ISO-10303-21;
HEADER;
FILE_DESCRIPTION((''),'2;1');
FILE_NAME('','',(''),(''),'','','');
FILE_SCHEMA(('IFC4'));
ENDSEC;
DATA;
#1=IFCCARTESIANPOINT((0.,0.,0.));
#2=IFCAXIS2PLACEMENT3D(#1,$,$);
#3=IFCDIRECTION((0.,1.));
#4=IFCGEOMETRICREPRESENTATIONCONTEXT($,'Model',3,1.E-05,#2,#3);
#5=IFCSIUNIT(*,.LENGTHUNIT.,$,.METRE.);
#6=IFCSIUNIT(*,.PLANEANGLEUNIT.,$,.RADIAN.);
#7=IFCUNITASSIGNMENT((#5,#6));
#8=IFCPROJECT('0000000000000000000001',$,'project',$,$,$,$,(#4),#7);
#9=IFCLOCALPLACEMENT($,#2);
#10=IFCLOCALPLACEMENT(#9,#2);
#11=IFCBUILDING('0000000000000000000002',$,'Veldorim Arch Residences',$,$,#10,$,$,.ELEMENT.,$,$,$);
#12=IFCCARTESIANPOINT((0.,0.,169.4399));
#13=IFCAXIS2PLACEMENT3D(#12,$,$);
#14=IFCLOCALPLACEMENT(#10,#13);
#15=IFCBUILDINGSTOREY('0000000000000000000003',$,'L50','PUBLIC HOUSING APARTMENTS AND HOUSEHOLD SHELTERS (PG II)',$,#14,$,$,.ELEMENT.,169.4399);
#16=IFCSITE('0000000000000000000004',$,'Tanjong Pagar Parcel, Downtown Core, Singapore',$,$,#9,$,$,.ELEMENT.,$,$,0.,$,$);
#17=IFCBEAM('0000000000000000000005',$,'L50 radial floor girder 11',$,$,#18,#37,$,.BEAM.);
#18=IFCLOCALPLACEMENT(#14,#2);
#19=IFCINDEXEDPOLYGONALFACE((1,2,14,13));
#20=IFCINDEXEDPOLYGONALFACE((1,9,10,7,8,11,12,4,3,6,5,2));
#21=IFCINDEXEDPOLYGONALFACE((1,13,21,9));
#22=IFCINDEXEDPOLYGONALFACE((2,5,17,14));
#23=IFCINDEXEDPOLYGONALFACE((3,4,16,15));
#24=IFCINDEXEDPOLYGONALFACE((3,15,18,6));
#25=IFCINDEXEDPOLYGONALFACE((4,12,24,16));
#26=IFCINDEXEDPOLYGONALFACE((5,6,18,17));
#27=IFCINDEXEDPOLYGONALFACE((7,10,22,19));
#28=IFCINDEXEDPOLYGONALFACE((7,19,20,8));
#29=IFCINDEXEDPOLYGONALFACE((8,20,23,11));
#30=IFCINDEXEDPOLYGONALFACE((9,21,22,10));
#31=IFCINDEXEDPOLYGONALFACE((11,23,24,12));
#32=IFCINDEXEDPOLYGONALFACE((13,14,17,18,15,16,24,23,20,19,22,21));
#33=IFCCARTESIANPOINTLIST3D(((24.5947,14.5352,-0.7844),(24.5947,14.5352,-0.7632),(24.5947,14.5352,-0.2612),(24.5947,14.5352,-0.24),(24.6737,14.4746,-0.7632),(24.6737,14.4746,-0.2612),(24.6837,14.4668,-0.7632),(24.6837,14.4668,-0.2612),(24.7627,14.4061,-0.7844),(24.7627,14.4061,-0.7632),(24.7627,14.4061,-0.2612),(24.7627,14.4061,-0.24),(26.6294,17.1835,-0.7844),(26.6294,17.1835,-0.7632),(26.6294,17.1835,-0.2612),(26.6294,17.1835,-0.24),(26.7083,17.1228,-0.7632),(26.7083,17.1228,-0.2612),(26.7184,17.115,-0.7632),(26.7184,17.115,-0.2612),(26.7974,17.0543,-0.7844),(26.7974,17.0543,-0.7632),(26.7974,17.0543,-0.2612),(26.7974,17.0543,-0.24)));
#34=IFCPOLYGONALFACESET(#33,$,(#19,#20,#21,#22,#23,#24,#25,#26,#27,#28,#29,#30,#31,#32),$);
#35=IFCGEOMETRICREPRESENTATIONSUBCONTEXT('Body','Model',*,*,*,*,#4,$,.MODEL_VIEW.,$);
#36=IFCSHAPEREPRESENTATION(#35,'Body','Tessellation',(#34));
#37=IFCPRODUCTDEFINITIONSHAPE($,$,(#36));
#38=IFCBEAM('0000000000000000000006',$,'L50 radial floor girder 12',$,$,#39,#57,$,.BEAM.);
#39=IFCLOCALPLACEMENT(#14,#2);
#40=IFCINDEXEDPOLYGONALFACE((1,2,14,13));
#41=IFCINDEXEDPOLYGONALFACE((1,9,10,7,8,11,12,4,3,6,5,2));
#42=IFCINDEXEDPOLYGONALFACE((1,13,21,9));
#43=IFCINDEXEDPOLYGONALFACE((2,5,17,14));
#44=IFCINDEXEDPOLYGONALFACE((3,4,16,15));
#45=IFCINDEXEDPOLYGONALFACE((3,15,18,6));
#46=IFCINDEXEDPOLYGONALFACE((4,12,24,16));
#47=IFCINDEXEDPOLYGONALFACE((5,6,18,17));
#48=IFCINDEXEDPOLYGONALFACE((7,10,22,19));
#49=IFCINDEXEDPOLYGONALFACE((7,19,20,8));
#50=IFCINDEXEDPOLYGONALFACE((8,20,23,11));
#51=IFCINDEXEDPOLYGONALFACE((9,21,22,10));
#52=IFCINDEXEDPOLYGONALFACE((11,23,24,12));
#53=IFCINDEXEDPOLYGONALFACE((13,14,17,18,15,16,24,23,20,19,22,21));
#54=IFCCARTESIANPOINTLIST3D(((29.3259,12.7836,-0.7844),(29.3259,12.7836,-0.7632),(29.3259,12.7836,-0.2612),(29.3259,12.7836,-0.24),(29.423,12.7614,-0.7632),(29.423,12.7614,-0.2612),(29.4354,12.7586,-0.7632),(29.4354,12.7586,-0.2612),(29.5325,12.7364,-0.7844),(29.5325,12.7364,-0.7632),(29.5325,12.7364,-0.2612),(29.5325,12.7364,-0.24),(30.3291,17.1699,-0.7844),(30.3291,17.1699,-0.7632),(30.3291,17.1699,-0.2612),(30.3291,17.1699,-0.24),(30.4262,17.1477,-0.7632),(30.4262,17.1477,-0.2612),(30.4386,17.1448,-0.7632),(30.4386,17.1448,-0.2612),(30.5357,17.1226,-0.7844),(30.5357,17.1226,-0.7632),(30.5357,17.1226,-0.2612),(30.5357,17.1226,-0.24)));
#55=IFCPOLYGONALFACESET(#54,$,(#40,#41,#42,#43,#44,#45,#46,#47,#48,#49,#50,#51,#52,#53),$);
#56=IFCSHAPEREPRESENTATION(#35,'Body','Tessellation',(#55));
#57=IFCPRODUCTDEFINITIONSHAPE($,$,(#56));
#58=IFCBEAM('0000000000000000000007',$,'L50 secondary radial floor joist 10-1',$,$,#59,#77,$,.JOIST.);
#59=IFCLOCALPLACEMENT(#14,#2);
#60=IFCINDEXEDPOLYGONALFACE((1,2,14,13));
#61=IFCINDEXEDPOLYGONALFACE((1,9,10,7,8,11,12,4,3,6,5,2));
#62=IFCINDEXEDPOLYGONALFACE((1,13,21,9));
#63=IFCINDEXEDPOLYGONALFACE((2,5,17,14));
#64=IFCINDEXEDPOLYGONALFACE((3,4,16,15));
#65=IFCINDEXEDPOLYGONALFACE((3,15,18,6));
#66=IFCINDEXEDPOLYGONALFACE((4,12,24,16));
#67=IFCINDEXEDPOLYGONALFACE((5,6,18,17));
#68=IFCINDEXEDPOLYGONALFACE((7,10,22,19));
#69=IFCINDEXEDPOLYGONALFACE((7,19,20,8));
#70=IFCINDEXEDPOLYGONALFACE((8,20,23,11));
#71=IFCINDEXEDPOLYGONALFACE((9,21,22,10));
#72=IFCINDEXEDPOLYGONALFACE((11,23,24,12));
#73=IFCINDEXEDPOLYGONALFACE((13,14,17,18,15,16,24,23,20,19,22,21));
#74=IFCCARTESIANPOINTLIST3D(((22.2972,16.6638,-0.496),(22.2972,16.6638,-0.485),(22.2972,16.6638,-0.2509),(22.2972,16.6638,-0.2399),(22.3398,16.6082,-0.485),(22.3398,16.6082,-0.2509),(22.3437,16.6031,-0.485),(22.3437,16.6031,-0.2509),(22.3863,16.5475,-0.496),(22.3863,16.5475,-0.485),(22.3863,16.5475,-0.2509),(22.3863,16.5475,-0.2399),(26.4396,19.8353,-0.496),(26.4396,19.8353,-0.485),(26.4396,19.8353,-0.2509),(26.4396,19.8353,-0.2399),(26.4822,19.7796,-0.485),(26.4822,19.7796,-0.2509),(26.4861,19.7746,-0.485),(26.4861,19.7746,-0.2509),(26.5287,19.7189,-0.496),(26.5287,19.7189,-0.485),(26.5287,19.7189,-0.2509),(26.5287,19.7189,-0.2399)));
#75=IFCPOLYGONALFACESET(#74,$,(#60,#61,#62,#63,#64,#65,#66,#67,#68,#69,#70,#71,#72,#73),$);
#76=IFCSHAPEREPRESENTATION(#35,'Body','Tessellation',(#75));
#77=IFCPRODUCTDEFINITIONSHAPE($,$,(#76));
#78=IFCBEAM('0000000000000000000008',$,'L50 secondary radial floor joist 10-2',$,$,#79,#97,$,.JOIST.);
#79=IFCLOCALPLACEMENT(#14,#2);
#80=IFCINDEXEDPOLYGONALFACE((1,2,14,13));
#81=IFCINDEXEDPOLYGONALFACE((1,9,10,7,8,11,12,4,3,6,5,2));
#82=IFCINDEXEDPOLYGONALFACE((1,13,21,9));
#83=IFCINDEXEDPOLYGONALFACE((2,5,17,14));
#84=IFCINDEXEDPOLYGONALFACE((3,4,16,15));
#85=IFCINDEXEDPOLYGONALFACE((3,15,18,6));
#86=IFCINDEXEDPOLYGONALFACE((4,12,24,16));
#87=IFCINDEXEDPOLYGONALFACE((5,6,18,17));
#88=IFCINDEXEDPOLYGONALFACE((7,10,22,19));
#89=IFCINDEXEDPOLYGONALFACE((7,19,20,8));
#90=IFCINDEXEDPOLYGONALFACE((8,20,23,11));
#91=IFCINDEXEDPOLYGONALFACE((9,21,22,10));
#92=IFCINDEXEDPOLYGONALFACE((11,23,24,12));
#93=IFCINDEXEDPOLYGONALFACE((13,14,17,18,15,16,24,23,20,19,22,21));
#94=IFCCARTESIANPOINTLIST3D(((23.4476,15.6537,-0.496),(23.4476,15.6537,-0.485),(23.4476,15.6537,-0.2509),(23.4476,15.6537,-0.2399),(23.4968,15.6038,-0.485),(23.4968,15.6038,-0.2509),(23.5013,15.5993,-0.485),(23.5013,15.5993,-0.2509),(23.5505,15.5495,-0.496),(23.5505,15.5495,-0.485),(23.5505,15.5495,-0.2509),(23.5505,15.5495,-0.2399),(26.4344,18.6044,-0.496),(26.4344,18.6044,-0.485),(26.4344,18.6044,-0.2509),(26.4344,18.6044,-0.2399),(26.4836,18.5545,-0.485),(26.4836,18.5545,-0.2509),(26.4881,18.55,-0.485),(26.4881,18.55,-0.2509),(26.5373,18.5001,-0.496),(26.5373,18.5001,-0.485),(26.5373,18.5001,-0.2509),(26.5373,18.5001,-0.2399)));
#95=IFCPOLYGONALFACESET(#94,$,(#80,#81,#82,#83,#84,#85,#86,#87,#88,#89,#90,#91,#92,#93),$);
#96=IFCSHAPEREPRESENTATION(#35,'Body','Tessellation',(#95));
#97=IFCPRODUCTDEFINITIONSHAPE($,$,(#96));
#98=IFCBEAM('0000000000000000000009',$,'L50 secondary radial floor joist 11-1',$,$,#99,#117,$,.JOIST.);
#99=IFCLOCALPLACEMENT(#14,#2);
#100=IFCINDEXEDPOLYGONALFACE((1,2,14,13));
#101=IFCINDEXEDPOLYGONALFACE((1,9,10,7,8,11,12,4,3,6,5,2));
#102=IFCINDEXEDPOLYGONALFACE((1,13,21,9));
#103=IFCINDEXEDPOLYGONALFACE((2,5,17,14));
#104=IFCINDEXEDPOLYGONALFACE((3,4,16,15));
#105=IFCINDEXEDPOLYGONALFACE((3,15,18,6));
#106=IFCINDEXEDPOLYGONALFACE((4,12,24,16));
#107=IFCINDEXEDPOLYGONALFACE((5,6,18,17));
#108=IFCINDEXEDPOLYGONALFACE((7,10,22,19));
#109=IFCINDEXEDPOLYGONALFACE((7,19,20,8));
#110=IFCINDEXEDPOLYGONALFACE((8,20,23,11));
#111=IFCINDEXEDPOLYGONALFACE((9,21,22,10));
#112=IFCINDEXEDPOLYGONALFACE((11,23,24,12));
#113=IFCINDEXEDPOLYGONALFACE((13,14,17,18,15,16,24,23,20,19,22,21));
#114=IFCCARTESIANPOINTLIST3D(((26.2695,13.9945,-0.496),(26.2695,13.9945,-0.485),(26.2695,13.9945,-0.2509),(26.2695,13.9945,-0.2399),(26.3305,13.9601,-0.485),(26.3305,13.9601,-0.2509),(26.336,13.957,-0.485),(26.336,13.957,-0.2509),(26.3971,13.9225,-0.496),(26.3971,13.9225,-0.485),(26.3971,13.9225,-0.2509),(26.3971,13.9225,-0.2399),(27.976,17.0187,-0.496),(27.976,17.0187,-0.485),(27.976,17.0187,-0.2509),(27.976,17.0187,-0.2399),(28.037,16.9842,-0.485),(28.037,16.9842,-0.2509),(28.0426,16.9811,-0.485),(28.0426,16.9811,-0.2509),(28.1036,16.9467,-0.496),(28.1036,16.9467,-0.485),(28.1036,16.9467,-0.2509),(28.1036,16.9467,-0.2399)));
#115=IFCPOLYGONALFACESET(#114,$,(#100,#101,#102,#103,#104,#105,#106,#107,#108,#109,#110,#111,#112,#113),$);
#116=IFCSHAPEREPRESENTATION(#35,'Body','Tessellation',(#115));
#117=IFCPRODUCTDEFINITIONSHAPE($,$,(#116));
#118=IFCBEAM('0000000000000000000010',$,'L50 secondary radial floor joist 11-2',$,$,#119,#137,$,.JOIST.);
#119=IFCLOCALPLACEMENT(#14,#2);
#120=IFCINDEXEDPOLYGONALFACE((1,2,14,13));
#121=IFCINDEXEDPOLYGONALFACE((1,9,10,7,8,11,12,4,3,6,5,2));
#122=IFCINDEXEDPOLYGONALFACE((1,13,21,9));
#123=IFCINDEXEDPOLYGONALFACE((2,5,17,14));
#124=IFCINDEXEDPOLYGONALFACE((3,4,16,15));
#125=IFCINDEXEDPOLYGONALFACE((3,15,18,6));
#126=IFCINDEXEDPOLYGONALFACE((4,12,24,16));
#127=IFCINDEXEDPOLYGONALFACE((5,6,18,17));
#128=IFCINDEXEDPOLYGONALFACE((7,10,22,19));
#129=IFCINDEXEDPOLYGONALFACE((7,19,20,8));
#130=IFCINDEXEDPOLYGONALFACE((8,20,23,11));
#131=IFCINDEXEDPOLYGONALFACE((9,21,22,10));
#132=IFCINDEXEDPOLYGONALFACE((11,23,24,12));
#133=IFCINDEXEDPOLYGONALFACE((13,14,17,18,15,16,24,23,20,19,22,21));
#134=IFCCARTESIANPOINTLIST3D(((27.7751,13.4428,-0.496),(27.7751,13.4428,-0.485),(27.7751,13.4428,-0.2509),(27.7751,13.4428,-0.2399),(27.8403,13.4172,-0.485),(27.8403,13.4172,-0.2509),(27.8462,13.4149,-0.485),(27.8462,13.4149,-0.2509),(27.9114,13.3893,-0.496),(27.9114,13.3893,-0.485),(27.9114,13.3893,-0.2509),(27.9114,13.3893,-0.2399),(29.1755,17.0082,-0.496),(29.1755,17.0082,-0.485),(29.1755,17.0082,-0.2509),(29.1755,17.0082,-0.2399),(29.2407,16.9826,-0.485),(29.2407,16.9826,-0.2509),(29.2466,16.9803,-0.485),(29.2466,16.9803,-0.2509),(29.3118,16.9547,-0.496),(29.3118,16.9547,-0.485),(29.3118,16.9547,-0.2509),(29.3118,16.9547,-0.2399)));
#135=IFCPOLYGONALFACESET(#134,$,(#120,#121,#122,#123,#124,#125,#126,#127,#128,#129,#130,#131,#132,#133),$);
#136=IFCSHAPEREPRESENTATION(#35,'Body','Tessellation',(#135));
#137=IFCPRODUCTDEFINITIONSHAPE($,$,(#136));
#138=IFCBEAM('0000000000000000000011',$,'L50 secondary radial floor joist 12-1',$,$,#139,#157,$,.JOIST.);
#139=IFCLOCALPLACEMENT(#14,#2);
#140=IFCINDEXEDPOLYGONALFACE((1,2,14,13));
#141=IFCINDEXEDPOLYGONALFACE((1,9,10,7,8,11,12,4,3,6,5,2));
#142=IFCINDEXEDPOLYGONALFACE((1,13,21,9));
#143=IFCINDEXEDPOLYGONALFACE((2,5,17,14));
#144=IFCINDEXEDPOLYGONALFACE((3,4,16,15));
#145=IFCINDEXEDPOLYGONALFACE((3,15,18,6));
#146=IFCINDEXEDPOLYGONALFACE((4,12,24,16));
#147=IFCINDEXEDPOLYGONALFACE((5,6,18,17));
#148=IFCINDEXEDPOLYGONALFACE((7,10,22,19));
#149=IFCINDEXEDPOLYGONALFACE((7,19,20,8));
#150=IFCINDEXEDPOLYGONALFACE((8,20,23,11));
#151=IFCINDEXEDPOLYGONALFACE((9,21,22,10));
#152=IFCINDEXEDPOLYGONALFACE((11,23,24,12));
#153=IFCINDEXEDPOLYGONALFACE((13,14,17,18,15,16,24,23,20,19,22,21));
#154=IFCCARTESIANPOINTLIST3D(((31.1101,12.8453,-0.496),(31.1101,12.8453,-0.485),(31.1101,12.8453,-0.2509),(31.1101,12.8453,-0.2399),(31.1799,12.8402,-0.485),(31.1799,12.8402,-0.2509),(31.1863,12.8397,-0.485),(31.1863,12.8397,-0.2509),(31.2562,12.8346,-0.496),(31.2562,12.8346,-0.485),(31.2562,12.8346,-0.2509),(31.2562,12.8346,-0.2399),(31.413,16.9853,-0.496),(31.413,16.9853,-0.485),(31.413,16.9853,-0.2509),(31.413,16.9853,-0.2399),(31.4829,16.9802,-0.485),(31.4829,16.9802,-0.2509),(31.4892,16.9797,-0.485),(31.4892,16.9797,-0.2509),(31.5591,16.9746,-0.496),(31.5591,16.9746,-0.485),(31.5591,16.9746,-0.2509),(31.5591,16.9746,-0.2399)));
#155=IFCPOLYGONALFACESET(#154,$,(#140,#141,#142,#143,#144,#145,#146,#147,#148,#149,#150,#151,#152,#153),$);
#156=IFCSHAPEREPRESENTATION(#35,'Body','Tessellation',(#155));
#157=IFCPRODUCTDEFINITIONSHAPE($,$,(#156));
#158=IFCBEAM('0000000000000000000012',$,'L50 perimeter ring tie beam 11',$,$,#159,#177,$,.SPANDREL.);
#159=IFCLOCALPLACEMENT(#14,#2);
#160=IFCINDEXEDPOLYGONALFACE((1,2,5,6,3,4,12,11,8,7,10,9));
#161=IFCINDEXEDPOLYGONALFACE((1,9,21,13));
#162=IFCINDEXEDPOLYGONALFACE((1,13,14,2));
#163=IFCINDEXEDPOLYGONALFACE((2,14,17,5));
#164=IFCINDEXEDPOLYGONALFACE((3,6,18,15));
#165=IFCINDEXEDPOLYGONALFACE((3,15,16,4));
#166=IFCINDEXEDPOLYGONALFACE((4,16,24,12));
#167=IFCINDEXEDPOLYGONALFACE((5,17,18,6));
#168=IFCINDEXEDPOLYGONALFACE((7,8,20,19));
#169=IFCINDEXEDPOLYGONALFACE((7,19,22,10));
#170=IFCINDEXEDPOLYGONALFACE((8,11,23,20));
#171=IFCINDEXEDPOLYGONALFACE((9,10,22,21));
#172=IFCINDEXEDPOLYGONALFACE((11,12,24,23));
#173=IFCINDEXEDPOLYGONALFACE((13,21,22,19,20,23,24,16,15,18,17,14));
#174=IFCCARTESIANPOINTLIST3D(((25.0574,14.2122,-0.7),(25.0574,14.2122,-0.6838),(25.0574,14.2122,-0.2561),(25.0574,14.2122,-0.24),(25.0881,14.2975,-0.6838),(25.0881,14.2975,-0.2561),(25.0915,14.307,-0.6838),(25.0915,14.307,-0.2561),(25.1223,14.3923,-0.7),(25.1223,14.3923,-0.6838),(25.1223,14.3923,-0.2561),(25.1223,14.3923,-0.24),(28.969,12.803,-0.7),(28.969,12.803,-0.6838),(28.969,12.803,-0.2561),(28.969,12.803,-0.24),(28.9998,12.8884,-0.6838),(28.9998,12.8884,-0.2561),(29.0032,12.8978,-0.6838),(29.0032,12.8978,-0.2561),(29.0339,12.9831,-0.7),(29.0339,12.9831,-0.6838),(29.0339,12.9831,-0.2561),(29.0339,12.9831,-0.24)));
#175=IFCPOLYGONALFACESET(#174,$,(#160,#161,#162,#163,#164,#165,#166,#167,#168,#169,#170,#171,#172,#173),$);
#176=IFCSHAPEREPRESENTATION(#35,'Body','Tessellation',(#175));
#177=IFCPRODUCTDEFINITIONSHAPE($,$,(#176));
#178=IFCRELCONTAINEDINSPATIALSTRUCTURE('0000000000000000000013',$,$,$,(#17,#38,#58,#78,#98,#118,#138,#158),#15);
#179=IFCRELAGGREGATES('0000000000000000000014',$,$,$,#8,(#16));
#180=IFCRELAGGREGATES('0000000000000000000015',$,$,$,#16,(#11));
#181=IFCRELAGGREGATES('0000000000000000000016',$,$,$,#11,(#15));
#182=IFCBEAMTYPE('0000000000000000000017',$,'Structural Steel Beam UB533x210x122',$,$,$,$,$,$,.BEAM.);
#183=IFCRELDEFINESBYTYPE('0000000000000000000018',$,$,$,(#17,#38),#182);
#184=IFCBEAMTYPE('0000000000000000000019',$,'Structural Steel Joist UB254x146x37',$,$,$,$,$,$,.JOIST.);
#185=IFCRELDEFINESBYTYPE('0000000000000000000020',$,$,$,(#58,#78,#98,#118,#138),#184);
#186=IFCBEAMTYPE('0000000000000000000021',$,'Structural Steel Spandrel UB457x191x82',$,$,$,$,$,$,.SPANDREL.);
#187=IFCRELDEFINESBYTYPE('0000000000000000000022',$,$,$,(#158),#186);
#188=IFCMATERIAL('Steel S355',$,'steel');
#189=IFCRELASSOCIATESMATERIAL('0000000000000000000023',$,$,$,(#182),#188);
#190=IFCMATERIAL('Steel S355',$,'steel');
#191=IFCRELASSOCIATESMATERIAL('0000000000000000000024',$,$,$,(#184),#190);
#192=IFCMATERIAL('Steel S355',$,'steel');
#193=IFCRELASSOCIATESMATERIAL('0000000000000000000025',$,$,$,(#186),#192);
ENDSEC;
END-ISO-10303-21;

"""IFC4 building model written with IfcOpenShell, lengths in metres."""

from ifc_helpers import new_model, si_unit, direction, frame, origin, origin_2d, place, context, subcontext, project, spatial, i_section, extrude, material, material_profile, profile_set, type_object, element, save


model = new_model("IFC4")

# Units and contexts
model_context = context("Model", 3, precision=1e-05, world=origin(), true_north=direction((0.0, 1.0)))
body_context = subcontext(model_context, "Body", "Model", "MODEL_VIEW")
ifc_project = project(units=[si_unit("LENGTHUNIT", "METRE"), si_unit("PLANEANGLEUNIT", "RADIAN")], contexts=[model_context])

# Site, building, storey
site_placement = place(None, origin())
site = spatial("IfcSite", under=ifc_project, at=site_placement, Name="Tanjong Pagar Parcel, Downtown Core, Singapore", CompositionType="ELEMENT", RefElevation=0.0)
building_placement = place(site_placement, origin())
building = spatial("IfcBuilding", under=site, at=building_placement, Name="Veldorim Arch Residences", CompositionType="ELEMENT")
storey_placement = place(building_placement, frame((0.0, 0.0, 169.4399)))
storey = spatial("IfcBuildingStorey", under=building, at=storey_placement, Name="L50", Description="PUBLIC HOUSING APARTMENTS AND HOUSEHOLD SHELTERS (PG II)", CompositionType="ELEMENT", Elevation=169.4399)

# Beams
ifc_material_1 = material(Name="Steel S355", Category="steel")
ifc_material_profile_1 = material_profile(ifc_material_1, i_section(OverallWidth=0.2119, OverallDepth=0.5444, WebThickness=0.0127, FlangeThickness=0.0212, at=origin_2d()), Name="UB533x210x122")
ifc_profile_set_1 = profile_set([ifc_material_profile_1], Name="Steel S355")
beam_type_1 = type_object("IfcBeamType", Name="Structural Steel Beam UB533x210x122", PredefinedType="BEAM", material=ifc_profile_set_1)
beam_1_placement = place(storey_placement, frame((26.7134, 17.1189, -0.5122), z_axis=(-0.609258, -0.792972, 0.0), x_axis=(0.792972, -0.609258, 0.0)))
element("IfcBeam", 1, at=beam_1_placement, inside=storey, type_object=beam_type_1, Name="L50 radial floor girder 11", PredefinedType="BEAM", context=body_context, shape_type="SweptSolid", body=[
    extrude(i_section(OverallWidth=0.2119, OverallDepth=0.5444, WebThickness=0.0127, FlangeThickness=0.0212, at=origin_2d()), origin(), (0.0, 0.0, 1.0), 3.3396),
])
beam_2_placement = place(storey_placement, frame((30.4324, 17.1462, -0.5122), z_axis=(-0.222953, -0.974829, 0.0), x_axis=(0.974829, -0.222953, 0.0)))
element("IfcBeam", 2, at=beam_2_placement, inside=storey, type_object=beam_type_1, Name="L50 radial floor girder 12", PredefinedType="BEAM", context=body_context, shape_type="SweptSolid", body=[
    extrude(i_section(OverallWidth=0.2119, OverallDepth=0.5444, WebThickness=0.0127, FlangeThickness=0.0212, at=origin_2d()), origin(), (0.0, 0.0, 1.0), 4.4995),
])
ifc_material_2 = material(Name="Steel S355", Category="steel")
ifc_material_profile_2 = material_profile(ifc_material_2, i_section(OverallWidth=0.1465, OverallDepth=0.2561, WebThickness=0.0063, FlangeThickness=0.011, at=origin_2d()), Name="UB254x146x37")
ifc_profile_set_2 = profile_set([ifc_material_profile_2], Name="Steel S355")
beam_type_2 = type_object("IfcBeamType", Name="Structural Steel Joist UB254x146x37", PredefinedType="JOIST", material=ifc_profile_set_2)
beam_3_placement = place(storey_placement, frame((26.4841, 19.7771, -0.3679), z_axis=(-0.794014, -0.6079, 0.0), x_axis=(0.6079, -0.794014, 0.0)))
element("IfcBeam", 3, at=beam_3_placement, inside=storey, type_object=beam_type_2, Name="L50 secondary radial floor joist 10-1", PredefinedType="JOIST", context=body_context, shape_type="SweptSolid", body=[
    extrude(i_section(OverallWidth=0.1465, OverallDepth=0.2561, WebThickness=0.0063, FlangeThickness=0.011, at=origin_2d()), origin(), (0.0, 0.0, 1.0), 5.217),
])
beam_4_placement = place(storey_placement, frame((26.4858, 18.5522, -0.3679), z_axis=(-0.711397, -0.702791, 0.0), x_axis=(0.702791, -0.711397, 0.0)))
element("IfcBeam", 4, at=beam_4_placement, inside=storey, type_object=beam_type_2, Name="L50 secondary radial floor joist 10-2", PredefinedType="JOIST", context=body_context, shape_type="SweptSolid", body=[
    extrude(i_section(OverallWidth=0.1465, OverallDepth=0.2561, WebThickness=0.0063, FlangeThickness=0.011, at=origin_2d()), origin(), (0.0, 0.0, 1.0), 4.1985),
])
beam_5_placement = place(storey_placement, frame((28.0398, 16.9827, -0.3679), z_axis=(-0.491452, -0.870904, 0.0), x_axis=(0.870904, -0.491452, 0.0)))
element("IfcBeam", 5, at=beam_5_placement, inside=storey, type_object=beam_type_2, Name="L50 secondary radial floor joist 11-1", PredefinedType="JOIST", context=body_context, shape_type="SweptSolid", body=[
    extrude(i_section(OverallWidth=0.1465, OverallDepth=0.2561, WebThickness=0.0063, FlangeThickness=0.011, at=origin_2d()), origin(), (0.0, 0.0, 1.0), 3.4724),
])
beam_6_placement = place(storey_placement, frame((29.2437, 16.9814, -0.3679), z_axis=(-0.365581, -0.930779, 0.0), x_axis=(0.930779, -0.365581, 0.0)))
element("IfcBeam", 6, at=beam_6_placement, inside=storey, type_object=beam_type_2, Name="L50 secondary radial floor joist 11-2", PredefinedType="JOIST", context=body_context, shape_type="SweptSolid", body=[
    extrude(i_section(OverallWidth=0.1465, OverallDepth=0.2561, WebThickness=0.0063, FlangeThickness=0.011, at=origin_2d()), origin(), (0.0, 0.0, 1.0), 3.8306),
])
beam_7_placement = place(storey_placement, frame((31.4861, 16.98, -0.3679), z_axis=(-0.072986, -0.997333, 0.0), x_axis=(0.997333, -0.072986, 0.0)))
element("IfcBeam", 7, at=beam_7_placement, inside=storey, type_object=beam_type_2, Name="L50 secondary radial floor joist 12-1", PredefinedType="JOIST", context=body_context, shape_type="SweptSolid", body=[
    extrude(i_section(OverallWidth=0.1465, OverallDepth=0.2561, WebThickness=0.0063, FlangeThickness=0.011, at=origin_2d()), origin(), (0.0, 0.0, 1.0), 4.1511),
])
ifc_material_3 = material(Name="Steel S355", Category="steel")
ifc_material_profile_3 = material_profile(ifc_material_3, i_section(OverallWidth=0.1914, OverallDepth=0.46, WebThickness=0.01, FlangeThickness=0.0161, at=origin_2d()), Name="UB457x191x82")
ifc_profile_set_3 = profile_set([ifc_material_profile_3], Name="Steel S355")
beam_type_3 = type_object("IfcBeamType", Name="Structural Steel Spandrel UB457x191x82", PredefinedType="SPANDREL", material=ifc_profile_set_3)
beam_8_placement = place(storey_placement, frame((25.0898, 14.3022, -0.47), z_axis=(0.940811, -0.338932, 0.0), x_axis=(0.338932, 0.940811, 0.0)))
element("IfcBeam", 8, at=beam_8_placement, inside=storey, type_object=beam_type_3, Name="L50 perimeter ring tie beam 11", PredefinedType="SPANDREL", context=body_context, shape_type="SweptSolid", body=[
    extrude(i_section(OverallWidth=0.1914, OverallDepth=0.46, WebThickness=0.01, FlangeThickness=0.0161, at=origin_2d()), origin(), (0.0, 0.0, 1.0), 4.1577),
])

save(model, "model.ifc")
